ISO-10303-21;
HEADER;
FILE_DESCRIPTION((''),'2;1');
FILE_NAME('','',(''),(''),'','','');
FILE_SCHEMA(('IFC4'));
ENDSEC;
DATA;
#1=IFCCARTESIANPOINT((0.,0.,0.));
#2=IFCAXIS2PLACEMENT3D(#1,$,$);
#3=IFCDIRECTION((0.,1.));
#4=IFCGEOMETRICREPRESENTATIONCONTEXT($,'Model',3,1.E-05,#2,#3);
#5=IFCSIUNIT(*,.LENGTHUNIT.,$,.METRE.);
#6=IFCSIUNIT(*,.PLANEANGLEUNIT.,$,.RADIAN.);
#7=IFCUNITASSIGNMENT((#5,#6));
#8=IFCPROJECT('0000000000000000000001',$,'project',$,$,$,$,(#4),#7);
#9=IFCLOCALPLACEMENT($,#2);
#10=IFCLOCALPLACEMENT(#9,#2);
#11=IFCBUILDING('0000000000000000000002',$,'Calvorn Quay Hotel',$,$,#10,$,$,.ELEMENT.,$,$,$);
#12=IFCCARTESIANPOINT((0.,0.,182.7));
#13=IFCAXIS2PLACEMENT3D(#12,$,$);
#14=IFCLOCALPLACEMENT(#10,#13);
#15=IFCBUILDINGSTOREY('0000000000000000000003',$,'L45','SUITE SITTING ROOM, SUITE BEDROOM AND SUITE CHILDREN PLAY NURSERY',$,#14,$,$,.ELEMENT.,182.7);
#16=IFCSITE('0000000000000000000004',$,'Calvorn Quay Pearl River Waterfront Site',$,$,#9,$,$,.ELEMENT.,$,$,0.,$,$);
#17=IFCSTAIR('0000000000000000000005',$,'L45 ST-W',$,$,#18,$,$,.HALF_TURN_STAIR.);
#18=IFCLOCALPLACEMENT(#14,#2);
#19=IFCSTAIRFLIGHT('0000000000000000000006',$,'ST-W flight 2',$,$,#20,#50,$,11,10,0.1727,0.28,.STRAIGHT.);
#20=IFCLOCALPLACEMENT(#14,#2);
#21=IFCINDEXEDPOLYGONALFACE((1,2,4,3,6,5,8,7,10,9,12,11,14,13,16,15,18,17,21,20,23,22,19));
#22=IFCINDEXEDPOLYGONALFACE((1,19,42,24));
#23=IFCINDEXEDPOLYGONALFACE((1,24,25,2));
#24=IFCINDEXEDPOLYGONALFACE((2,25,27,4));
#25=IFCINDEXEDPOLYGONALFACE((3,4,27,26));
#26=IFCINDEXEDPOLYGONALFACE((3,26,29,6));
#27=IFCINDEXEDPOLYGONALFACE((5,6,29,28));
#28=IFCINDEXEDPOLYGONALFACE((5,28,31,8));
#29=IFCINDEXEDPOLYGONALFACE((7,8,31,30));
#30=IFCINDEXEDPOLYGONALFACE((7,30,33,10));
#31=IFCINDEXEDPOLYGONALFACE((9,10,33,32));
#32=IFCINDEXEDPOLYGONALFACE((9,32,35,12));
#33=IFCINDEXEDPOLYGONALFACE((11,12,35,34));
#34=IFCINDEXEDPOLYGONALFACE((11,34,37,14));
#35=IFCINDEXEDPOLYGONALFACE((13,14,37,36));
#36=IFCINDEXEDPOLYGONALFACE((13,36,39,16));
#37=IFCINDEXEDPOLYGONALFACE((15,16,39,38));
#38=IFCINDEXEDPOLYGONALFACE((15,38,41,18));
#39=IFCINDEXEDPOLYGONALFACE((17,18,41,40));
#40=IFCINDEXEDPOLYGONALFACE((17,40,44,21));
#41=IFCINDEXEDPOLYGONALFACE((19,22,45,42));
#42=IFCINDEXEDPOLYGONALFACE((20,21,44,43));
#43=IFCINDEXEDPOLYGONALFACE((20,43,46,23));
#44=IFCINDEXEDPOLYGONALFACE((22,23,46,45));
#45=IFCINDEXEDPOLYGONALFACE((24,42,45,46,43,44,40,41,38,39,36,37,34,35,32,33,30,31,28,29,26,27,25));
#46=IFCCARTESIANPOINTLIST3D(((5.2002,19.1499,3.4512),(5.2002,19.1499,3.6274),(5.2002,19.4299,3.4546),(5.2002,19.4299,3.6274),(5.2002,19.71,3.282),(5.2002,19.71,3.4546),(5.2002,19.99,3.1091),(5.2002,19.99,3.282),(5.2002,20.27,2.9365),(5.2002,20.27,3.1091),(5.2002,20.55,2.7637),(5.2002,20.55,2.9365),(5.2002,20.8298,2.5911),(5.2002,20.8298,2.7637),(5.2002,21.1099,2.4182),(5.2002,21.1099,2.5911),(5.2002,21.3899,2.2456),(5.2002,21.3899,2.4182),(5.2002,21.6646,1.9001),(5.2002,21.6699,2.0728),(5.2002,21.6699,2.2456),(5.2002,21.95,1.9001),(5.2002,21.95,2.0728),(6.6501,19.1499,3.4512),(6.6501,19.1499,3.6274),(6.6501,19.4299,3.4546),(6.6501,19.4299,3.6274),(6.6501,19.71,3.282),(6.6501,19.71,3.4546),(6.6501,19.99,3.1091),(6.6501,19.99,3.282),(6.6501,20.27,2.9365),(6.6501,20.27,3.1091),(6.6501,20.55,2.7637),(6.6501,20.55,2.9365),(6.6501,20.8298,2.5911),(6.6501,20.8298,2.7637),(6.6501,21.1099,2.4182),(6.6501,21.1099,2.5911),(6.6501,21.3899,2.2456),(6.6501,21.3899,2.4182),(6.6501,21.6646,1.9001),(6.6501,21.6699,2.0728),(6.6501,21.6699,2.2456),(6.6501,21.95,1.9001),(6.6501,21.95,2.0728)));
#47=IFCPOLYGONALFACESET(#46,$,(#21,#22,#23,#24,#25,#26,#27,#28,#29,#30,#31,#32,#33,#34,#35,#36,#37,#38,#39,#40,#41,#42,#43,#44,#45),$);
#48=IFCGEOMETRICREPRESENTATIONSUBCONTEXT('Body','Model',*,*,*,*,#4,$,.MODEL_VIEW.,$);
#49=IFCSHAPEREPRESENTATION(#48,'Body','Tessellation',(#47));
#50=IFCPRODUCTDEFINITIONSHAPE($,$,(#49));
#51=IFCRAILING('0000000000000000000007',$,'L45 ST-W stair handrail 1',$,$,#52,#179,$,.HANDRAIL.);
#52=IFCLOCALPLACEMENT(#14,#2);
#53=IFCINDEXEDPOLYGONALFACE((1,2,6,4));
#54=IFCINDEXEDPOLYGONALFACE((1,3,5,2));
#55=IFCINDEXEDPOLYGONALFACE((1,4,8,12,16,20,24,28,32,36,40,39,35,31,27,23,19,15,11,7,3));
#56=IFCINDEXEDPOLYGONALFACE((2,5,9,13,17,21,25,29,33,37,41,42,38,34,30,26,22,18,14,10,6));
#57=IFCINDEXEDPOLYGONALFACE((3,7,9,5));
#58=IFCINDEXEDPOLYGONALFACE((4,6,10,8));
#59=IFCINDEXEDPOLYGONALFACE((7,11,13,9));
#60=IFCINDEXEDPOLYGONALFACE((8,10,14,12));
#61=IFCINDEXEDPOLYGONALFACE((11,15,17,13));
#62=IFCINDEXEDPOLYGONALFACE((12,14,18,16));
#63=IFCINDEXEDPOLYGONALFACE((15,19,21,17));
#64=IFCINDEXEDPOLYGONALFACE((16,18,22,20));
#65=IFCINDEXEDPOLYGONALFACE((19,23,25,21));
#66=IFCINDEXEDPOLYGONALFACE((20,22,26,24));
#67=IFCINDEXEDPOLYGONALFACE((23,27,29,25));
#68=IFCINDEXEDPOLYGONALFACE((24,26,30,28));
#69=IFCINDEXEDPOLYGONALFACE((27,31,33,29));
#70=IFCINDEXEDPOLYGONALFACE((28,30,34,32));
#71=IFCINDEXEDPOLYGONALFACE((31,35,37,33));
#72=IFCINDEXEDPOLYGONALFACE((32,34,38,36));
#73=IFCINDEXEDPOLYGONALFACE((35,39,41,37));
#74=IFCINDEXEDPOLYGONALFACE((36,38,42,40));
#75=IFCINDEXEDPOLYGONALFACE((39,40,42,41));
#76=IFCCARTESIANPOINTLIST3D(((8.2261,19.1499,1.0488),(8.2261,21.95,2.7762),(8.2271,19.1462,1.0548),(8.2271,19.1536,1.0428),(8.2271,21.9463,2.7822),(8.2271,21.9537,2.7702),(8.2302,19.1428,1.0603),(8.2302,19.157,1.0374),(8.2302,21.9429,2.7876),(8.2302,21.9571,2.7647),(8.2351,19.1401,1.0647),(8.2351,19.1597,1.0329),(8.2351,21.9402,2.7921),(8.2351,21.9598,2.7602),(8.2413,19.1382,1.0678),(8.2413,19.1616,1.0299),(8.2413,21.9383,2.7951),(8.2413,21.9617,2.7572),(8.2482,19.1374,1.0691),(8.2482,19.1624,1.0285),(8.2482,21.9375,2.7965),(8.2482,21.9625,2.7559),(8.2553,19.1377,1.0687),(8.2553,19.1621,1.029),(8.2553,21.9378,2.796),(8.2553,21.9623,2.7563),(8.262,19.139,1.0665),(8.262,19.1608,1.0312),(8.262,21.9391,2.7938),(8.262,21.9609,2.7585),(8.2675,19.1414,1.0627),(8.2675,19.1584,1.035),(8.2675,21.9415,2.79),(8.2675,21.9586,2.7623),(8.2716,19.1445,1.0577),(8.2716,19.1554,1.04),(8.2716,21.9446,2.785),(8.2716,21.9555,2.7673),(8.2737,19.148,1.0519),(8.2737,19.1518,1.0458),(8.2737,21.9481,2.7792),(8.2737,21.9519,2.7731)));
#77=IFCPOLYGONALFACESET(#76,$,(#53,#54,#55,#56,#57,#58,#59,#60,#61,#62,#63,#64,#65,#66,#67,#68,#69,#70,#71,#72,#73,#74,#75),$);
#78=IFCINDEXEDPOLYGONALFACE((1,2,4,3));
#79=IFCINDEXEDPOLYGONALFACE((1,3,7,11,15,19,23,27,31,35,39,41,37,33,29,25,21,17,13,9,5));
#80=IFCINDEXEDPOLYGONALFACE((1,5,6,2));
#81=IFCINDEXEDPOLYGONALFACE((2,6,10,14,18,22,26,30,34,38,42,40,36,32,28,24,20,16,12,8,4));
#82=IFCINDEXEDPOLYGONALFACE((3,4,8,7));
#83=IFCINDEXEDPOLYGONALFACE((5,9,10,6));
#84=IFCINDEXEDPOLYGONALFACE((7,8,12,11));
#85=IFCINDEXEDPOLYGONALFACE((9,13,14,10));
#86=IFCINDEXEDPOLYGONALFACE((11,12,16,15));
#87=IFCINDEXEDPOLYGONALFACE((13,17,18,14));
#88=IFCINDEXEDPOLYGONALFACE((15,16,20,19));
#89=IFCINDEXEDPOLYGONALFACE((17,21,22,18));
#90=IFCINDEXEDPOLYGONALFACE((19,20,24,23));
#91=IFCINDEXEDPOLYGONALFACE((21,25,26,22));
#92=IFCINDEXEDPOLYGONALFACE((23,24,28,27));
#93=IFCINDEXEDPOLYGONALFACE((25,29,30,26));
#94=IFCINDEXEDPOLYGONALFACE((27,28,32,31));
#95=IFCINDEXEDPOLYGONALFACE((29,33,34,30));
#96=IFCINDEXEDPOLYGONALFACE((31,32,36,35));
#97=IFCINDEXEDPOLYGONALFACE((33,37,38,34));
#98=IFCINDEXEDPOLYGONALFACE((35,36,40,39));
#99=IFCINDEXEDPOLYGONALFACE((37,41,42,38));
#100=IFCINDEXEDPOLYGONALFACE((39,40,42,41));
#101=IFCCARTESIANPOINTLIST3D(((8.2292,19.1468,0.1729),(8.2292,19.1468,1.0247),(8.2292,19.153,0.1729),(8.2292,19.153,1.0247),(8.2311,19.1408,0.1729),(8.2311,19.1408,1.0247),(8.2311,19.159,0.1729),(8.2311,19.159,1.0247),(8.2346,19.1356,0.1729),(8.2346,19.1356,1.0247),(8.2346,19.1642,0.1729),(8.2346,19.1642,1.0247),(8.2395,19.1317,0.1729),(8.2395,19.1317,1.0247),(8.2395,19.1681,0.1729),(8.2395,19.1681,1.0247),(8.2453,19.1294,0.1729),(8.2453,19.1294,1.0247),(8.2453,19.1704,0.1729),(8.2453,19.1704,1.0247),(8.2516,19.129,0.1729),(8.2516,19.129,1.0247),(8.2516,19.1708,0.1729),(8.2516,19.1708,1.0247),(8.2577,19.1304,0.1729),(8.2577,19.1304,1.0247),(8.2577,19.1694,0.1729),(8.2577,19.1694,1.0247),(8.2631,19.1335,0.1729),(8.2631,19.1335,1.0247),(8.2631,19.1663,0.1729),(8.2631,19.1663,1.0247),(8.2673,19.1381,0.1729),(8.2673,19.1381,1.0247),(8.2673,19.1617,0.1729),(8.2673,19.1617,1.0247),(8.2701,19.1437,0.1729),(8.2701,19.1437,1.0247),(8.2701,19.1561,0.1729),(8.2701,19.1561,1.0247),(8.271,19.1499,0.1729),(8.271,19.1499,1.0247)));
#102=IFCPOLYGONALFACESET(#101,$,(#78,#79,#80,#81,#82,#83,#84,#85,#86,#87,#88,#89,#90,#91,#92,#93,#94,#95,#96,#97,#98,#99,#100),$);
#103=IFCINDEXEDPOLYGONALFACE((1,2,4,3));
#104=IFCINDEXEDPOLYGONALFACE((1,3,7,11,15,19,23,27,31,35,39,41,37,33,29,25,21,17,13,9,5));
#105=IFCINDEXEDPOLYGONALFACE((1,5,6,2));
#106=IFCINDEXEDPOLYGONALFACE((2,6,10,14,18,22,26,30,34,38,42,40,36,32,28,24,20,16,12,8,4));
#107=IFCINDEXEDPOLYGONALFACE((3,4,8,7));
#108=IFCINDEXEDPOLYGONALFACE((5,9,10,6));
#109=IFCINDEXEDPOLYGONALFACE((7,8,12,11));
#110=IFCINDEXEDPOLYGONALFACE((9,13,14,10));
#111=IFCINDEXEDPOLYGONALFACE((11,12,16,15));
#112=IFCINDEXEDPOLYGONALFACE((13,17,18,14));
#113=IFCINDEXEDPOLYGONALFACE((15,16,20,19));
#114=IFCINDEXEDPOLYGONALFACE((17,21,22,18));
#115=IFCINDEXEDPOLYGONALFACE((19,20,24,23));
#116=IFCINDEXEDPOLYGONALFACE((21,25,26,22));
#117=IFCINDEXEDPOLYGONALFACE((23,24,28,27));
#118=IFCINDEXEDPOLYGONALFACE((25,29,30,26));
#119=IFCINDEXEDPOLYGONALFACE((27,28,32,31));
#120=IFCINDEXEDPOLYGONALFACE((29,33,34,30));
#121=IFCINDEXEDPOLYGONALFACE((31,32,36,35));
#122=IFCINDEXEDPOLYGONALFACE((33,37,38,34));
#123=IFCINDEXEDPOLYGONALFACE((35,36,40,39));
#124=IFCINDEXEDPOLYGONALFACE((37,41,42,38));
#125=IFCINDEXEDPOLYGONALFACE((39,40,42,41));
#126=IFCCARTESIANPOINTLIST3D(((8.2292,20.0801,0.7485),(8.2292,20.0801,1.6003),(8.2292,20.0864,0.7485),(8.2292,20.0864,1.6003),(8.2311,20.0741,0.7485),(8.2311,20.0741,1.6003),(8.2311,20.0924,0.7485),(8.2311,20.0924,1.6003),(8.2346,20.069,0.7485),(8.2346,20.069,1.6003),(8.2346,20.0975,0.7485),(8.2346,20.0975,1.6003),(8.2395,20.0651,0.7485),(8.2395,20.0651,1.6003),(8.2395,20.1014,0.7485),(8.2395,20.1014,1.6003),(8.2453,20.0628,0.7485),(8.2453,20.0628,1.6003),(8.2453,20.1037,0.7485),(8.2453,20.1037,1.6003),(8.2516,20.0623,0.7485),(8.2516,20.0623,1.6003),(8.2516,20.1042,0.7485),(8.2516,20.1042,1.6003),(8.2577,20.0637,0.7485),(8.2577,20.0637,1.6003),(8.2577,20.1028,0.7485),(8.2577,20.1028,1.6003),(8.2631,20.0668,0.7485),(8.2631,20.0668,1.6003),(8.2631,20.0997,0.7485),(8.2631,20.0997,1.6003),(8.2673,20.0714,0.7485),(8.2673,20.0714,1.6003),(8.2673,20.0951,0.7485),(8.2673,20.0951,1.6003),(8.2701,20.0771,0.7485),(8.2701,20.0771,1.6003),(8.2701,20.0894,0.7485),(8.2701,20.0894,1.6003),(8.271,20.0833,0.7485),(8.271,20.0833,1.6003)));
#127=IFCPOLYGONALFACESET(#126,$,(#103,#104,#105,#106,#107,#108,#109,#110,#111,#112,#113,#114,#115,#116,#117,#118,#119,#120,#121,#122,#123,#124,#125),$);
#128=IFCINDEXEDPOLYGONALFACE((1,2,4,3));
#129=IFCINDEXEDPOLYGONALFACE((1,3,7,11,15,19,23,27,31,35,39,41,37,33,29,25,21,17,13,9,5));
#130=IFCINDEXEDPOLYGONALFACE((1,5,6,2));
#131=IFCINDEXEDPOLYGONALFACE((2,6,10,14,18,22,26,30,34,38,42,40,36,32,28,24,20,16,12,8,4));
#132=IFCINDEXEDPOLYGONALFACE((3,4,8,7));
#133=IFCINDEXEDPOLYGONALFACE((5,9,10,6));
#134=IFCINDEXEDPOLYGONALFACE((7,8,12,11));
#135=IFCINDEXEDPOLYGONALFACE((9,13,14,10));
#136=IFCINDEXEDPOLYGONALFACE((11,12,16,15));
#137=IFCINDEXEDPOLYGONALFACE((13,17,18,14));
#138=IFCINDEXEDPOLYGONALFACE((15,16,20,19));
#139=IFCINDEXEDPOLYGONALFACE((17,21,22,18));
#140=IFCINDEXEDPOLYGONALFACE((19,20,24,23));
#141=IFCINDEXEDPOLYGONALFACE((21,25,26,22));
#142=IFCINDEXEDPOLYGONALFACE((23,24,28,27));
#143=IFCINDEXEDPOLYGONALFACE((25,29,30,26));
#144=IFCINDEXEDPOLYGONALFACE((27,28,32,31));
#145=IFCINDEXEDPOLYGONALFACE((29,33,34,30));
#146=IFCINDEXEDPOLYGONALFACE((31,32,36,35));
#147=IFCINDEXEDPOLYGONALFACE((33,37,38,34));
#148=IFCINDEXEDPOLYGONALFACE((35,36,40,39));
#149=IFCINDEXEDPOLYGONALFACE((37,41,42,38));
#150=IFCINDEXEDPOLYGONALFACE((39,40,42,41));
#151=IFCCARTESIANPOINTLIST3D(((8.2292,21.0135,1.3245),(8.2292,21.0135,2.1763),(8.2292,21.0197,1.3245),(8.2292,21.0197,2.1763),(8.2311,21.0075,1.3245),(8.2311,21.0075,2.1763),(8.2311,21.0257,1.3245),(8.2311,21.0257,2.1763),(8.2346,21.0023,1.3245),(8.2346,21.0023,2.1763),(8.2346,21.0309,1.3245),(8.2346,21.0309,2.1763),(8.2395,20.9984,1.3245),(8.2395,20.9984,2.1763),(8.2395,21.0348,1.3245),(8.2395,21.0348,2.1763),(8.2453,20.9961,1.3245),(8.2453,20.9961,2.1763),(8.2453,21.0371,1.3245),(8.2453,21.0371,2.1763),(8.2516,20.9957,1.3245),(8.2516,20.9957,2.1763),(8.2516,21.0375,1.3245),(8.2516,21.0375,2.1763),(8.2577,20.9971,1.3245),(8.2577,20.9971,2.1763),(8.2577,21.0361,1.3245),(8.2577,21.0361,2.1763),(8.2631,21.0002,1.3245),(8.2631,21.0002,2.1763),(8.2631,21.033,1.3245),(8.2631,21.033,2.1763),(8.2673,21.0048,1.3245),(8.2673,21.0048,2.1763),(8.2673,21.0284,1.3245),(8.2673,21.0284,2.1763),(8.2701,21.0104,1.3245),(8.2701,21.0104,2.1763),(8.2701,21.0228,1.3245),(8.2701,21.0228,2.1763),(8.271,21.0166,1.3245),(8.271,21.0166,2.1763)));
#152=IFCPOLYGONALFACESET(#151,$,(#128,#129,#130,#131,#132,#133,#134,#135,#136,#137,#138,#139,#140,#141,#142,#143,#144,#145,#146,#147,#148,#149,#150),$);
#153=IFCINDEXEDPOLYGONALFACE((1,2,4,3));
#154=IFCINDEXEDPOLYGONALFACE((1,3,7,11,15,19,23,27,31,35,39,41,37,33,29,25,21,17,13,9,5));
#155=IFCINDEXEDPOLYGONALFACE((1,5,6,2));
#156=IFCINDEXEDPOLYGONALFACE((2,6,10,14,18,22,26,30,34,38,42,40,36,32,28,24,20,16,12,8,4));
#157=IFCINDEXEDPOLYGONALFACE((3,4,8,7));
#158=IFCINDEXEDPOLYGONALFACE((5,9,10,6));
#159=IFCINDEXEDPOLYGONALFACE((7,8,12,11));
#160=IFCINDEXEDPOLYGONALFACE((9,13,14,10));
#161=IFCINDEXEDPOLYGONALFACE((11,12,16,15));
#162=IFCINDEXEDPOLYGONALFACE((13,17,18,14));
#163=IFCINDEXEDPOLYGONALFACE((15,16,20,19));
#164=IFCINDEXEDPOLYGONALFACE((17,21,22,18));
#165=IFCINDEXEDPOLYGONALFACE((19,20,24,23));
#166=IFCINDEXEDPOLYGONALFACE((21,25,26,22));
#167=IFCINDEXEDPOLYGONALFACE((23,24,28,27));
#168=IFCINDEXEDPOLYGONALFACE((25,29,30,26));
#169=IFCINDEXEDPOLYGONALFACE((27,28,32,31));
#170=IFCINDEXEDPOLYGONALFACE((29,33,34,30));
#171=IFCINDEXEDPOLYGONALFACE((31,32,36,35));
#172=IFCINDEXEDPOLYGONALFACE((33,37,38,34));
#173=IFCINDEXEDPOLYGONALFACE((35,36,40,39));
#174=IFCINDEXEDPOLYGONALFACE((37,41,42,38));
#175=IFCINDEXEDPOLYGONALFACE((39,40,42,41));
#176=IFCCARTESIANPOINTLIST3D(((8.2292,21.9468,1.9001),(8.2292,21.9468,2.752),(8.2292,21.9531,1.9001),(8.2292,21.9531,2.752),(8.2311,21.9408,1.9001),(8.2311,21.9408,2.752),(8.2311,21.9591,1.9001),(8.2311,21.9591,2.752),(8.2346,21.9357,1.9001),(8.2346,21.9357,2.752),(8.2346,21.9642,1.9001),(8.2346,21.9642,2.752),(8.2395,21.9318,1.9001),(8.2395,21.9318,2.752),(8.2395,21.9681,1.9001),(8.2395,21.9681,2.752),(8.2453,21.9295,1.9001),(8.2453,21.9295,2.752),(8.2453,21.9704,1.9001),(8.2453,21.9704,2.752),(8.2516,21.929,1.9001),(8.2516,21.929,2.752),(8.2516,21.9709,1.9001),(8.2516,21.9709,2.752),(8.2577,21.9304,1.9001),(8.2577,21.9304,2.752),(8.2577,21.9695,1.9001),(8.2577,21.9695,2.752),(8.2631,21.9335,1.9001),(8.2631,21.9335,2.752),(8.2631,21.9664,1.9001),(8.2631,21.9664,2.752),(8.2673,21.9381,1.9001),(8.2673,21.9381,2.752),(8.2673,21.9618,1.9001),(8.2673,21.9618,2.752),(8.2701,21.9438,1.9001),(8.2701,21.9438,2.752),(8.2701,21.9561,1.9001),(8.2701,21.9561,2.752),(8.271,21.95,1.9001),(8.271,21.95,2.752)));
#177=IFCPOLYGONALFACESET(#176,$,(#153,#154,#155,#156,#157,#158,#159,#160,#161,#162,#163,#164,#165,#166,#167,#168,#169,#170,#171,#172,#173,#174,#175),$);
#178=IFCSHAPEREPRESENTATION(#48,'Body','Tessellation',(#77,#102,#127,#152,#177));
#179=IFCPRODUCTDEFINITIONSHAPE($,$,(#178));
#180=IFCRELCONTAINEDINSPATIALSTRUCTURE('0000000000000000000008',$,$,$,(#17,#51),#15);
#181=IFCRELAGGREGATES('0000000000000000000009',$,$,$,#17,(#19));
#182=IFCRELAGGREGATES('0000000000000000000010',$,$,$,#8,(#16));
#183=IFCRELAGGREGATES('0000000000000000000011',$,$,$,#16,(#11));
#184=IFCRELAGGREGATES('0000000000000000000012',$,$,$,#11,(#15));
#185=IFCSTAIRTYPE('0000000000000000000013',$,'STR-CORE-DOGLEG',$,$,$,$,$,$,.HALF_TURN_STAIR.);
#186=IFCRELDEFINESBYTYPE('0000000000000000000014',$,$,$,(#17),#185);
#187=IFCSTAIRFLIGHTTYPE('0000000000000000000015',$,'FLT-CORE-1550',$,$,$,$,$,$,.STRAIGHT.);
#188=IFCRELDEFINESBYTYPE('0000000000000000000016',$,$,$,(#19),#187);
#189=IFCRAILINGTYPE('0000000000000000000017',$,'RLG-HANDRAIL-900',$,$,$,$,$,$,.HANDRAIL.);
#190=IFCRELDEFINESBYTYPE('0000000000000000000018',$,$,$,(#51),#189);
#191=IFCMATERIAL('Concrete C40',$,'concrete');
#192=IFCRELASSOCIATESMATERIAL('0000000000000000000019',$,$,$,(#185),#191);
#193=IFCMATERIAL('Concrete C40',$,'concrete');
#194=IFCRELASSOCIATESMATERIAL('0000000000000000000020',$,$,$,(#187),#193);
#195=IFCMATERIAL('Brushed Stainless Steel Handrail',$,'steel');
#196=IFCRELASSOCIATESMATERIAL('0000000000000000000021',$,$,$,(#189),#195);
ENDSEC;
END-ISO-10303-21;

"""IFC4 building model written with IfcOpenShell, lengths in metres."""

from ifc_helpers import new_model, si_unit, direction, frame, origin, origin_2d, place, context, subcontext, project, spatial, polyline, circle, outline, extrude, material, type_object, element, aggregate, save


model = new_model("IFC4")

# Units and contexts
model_context = context("Model", 3, precision=1e-05, world=origin(), true_north=direction((0.0, 1.0)))
body_context = subcontext(model_context, "Body", "Model", "MODEL_VIEW")
ifc_project = project(units=[si_unit("LENGTHUNIT", "METRE"), si_unit("PLANEANGLEUNIT", "RADIAN")], contexts=[model_context])

# Site, building, storey
site_placement = place(None, origin())
site = spatial("IfcSite", under=ifc_project, at=site_placement, Name="Calvorn Quay Pearl River Waterfront Site", CompositionType="ELEMENT", RefElevation=0.0)
building_placement = place(site_placement, origin())
building = spatial("IfcBuilding", under=site, at=building_placement, Name="Calvorn Quay Hotel", CompositionType="ELEMENT")
storey_placement = place(building_placement, frame((0.0, 0.0, 182.7)))
storey = spatial("IfcBuildingStorey", under=building, at=storey_placement, Name="L45", Description="SUITE SITTING ROOM, SUITE BEDROOM AND SUITE CHILDREN PLAY NURSERY", CompositionType="ELEMENT", Elevation=182.7)

# Stair, stair flight
ifc_material_1 = material(Name="Concrete C40", Category="concrete")
stair_type = type_object("IfcStairType", Name="STR-CORE-DOGLEG", PredefinedType="HALF_TURN_STAIR", material=ifc_material_1)
stair_placement = place(storey_placement, origin())
stair = element("IfcStair", 1, at=stair_placement, inside=storey, type_object=stair_type, Name="L45 ST-W", PredefinedType="HALF_TURN_STAIR")
ifc_material_2 = material(Name="Concrete C40", Category="concrete")
stair_flight_type = type_object("IfcStairFlightType", Name="FLT-CORE-1550", PredefinedType="STRAIGHT", material=ifc_material_2)
stair_flight_1_placement = place(storey_placement, frame((5.925, 21.95, 1.9001), z_axis=(0.0, 0.0, 1.0), x_axis=(0.0, -1.0, 0.0)))
stair_flight_1 = element("IfcStairFlight", 2, at=stair_flight_1_placement, type_object=stair_flight_type, Name="ST-W flight 2", NumberOfRisers=11, NumberOfTreads=10, PredefinedType="STRAIGHT", RiserHeight=0.1727, TreadLength=0.28, context=body_context, shape_type="SweptSolid", body=[
    extrude(outline(polyline([(0.0, 0.0), (0.0, 0.1726), (0.28, 0.1726), (0.28, 0.3455), (0.5601, 0.3455), (0.5601, 0.5181), (0.8401, 0.5181), (0.8401, 0.6909), (1.1201, 0.6909), (1.1201, 0.8635), (1.3999, 0.8635), (1.3999, 1.0364), (1.6799, 1.0364), (1.6799, 1.209), (1.96, 1.209), (1.96, 1.3818), (2.24, 1.3818), (2.24, 1.5544), (2.52, 1.5544), (2.52, 1.7273), (2.8, 1.7273), (2.8, 1.8999), (2.8, 1.551), (0.2854, 0.0), (0.0, 0.0)])), frame((0.0, 0.7251, 0.0), z_axis=(0.0, -1.0, 0.0), x_axis=(1.0, 0.0, 0.0)), (0.0, 0.0, 1.0), 1.45),
])
aggregate(stair, [stair_flight_1])

# Railing
ifc_material_3 = material(Name="Brushed Stainless Steel Handrail", Category="steel")
railing_type_1 = type_object("IfcRailingType", Name="RLG-HANDRAIL-900", PredefinedType="HANDRAIL", material=ifc_material_3)
railing_1_placement = place(storey_placement, frame((8.25, 19.1499, 0.1729)))
element("IfcRailing", 3, at=railing_1_placement, inside=storey, type_object=railing_type_1, Name="L45 ST-W stair handrail 1", PredefinedType="HANDRAIL", context=body_context, shape_type="SweptSolid", body=[
    extrude(circle(Radius=0.0239, at=origin_2d()), frame((0.0, 0.0, 0.876), z_axis=(0.0, 0.85109, 0.52502), x_axis=(-1.0, 0.0, 0.0)), (0.0, 0.0, 1.0), 3.29),
    extrude(circle(Radius=0.021, at=origin_2d()), origin(), (0.0, 0.0, 1.0), 0.8518),
    extrude(circle(Radius=0.021, at=origin_2d()), frame((0.0, 0.9333, 0.5757)), (0.0, 0.0, 1.0), 0.8518),
    extrude(circle(Radius=0.021, at=origin_2d()), frame((0.0, 1.8667, 1.1516)), (0.0, 0.0, 1.0), 0.8518),
    extrude(circle(Radius=0.021, at=origin_2d()), frame((0.0, 2.8, 1.7273)), (0.0, 0.0, 1.0), 0.8518),
])

save(model, "model.ifc")
